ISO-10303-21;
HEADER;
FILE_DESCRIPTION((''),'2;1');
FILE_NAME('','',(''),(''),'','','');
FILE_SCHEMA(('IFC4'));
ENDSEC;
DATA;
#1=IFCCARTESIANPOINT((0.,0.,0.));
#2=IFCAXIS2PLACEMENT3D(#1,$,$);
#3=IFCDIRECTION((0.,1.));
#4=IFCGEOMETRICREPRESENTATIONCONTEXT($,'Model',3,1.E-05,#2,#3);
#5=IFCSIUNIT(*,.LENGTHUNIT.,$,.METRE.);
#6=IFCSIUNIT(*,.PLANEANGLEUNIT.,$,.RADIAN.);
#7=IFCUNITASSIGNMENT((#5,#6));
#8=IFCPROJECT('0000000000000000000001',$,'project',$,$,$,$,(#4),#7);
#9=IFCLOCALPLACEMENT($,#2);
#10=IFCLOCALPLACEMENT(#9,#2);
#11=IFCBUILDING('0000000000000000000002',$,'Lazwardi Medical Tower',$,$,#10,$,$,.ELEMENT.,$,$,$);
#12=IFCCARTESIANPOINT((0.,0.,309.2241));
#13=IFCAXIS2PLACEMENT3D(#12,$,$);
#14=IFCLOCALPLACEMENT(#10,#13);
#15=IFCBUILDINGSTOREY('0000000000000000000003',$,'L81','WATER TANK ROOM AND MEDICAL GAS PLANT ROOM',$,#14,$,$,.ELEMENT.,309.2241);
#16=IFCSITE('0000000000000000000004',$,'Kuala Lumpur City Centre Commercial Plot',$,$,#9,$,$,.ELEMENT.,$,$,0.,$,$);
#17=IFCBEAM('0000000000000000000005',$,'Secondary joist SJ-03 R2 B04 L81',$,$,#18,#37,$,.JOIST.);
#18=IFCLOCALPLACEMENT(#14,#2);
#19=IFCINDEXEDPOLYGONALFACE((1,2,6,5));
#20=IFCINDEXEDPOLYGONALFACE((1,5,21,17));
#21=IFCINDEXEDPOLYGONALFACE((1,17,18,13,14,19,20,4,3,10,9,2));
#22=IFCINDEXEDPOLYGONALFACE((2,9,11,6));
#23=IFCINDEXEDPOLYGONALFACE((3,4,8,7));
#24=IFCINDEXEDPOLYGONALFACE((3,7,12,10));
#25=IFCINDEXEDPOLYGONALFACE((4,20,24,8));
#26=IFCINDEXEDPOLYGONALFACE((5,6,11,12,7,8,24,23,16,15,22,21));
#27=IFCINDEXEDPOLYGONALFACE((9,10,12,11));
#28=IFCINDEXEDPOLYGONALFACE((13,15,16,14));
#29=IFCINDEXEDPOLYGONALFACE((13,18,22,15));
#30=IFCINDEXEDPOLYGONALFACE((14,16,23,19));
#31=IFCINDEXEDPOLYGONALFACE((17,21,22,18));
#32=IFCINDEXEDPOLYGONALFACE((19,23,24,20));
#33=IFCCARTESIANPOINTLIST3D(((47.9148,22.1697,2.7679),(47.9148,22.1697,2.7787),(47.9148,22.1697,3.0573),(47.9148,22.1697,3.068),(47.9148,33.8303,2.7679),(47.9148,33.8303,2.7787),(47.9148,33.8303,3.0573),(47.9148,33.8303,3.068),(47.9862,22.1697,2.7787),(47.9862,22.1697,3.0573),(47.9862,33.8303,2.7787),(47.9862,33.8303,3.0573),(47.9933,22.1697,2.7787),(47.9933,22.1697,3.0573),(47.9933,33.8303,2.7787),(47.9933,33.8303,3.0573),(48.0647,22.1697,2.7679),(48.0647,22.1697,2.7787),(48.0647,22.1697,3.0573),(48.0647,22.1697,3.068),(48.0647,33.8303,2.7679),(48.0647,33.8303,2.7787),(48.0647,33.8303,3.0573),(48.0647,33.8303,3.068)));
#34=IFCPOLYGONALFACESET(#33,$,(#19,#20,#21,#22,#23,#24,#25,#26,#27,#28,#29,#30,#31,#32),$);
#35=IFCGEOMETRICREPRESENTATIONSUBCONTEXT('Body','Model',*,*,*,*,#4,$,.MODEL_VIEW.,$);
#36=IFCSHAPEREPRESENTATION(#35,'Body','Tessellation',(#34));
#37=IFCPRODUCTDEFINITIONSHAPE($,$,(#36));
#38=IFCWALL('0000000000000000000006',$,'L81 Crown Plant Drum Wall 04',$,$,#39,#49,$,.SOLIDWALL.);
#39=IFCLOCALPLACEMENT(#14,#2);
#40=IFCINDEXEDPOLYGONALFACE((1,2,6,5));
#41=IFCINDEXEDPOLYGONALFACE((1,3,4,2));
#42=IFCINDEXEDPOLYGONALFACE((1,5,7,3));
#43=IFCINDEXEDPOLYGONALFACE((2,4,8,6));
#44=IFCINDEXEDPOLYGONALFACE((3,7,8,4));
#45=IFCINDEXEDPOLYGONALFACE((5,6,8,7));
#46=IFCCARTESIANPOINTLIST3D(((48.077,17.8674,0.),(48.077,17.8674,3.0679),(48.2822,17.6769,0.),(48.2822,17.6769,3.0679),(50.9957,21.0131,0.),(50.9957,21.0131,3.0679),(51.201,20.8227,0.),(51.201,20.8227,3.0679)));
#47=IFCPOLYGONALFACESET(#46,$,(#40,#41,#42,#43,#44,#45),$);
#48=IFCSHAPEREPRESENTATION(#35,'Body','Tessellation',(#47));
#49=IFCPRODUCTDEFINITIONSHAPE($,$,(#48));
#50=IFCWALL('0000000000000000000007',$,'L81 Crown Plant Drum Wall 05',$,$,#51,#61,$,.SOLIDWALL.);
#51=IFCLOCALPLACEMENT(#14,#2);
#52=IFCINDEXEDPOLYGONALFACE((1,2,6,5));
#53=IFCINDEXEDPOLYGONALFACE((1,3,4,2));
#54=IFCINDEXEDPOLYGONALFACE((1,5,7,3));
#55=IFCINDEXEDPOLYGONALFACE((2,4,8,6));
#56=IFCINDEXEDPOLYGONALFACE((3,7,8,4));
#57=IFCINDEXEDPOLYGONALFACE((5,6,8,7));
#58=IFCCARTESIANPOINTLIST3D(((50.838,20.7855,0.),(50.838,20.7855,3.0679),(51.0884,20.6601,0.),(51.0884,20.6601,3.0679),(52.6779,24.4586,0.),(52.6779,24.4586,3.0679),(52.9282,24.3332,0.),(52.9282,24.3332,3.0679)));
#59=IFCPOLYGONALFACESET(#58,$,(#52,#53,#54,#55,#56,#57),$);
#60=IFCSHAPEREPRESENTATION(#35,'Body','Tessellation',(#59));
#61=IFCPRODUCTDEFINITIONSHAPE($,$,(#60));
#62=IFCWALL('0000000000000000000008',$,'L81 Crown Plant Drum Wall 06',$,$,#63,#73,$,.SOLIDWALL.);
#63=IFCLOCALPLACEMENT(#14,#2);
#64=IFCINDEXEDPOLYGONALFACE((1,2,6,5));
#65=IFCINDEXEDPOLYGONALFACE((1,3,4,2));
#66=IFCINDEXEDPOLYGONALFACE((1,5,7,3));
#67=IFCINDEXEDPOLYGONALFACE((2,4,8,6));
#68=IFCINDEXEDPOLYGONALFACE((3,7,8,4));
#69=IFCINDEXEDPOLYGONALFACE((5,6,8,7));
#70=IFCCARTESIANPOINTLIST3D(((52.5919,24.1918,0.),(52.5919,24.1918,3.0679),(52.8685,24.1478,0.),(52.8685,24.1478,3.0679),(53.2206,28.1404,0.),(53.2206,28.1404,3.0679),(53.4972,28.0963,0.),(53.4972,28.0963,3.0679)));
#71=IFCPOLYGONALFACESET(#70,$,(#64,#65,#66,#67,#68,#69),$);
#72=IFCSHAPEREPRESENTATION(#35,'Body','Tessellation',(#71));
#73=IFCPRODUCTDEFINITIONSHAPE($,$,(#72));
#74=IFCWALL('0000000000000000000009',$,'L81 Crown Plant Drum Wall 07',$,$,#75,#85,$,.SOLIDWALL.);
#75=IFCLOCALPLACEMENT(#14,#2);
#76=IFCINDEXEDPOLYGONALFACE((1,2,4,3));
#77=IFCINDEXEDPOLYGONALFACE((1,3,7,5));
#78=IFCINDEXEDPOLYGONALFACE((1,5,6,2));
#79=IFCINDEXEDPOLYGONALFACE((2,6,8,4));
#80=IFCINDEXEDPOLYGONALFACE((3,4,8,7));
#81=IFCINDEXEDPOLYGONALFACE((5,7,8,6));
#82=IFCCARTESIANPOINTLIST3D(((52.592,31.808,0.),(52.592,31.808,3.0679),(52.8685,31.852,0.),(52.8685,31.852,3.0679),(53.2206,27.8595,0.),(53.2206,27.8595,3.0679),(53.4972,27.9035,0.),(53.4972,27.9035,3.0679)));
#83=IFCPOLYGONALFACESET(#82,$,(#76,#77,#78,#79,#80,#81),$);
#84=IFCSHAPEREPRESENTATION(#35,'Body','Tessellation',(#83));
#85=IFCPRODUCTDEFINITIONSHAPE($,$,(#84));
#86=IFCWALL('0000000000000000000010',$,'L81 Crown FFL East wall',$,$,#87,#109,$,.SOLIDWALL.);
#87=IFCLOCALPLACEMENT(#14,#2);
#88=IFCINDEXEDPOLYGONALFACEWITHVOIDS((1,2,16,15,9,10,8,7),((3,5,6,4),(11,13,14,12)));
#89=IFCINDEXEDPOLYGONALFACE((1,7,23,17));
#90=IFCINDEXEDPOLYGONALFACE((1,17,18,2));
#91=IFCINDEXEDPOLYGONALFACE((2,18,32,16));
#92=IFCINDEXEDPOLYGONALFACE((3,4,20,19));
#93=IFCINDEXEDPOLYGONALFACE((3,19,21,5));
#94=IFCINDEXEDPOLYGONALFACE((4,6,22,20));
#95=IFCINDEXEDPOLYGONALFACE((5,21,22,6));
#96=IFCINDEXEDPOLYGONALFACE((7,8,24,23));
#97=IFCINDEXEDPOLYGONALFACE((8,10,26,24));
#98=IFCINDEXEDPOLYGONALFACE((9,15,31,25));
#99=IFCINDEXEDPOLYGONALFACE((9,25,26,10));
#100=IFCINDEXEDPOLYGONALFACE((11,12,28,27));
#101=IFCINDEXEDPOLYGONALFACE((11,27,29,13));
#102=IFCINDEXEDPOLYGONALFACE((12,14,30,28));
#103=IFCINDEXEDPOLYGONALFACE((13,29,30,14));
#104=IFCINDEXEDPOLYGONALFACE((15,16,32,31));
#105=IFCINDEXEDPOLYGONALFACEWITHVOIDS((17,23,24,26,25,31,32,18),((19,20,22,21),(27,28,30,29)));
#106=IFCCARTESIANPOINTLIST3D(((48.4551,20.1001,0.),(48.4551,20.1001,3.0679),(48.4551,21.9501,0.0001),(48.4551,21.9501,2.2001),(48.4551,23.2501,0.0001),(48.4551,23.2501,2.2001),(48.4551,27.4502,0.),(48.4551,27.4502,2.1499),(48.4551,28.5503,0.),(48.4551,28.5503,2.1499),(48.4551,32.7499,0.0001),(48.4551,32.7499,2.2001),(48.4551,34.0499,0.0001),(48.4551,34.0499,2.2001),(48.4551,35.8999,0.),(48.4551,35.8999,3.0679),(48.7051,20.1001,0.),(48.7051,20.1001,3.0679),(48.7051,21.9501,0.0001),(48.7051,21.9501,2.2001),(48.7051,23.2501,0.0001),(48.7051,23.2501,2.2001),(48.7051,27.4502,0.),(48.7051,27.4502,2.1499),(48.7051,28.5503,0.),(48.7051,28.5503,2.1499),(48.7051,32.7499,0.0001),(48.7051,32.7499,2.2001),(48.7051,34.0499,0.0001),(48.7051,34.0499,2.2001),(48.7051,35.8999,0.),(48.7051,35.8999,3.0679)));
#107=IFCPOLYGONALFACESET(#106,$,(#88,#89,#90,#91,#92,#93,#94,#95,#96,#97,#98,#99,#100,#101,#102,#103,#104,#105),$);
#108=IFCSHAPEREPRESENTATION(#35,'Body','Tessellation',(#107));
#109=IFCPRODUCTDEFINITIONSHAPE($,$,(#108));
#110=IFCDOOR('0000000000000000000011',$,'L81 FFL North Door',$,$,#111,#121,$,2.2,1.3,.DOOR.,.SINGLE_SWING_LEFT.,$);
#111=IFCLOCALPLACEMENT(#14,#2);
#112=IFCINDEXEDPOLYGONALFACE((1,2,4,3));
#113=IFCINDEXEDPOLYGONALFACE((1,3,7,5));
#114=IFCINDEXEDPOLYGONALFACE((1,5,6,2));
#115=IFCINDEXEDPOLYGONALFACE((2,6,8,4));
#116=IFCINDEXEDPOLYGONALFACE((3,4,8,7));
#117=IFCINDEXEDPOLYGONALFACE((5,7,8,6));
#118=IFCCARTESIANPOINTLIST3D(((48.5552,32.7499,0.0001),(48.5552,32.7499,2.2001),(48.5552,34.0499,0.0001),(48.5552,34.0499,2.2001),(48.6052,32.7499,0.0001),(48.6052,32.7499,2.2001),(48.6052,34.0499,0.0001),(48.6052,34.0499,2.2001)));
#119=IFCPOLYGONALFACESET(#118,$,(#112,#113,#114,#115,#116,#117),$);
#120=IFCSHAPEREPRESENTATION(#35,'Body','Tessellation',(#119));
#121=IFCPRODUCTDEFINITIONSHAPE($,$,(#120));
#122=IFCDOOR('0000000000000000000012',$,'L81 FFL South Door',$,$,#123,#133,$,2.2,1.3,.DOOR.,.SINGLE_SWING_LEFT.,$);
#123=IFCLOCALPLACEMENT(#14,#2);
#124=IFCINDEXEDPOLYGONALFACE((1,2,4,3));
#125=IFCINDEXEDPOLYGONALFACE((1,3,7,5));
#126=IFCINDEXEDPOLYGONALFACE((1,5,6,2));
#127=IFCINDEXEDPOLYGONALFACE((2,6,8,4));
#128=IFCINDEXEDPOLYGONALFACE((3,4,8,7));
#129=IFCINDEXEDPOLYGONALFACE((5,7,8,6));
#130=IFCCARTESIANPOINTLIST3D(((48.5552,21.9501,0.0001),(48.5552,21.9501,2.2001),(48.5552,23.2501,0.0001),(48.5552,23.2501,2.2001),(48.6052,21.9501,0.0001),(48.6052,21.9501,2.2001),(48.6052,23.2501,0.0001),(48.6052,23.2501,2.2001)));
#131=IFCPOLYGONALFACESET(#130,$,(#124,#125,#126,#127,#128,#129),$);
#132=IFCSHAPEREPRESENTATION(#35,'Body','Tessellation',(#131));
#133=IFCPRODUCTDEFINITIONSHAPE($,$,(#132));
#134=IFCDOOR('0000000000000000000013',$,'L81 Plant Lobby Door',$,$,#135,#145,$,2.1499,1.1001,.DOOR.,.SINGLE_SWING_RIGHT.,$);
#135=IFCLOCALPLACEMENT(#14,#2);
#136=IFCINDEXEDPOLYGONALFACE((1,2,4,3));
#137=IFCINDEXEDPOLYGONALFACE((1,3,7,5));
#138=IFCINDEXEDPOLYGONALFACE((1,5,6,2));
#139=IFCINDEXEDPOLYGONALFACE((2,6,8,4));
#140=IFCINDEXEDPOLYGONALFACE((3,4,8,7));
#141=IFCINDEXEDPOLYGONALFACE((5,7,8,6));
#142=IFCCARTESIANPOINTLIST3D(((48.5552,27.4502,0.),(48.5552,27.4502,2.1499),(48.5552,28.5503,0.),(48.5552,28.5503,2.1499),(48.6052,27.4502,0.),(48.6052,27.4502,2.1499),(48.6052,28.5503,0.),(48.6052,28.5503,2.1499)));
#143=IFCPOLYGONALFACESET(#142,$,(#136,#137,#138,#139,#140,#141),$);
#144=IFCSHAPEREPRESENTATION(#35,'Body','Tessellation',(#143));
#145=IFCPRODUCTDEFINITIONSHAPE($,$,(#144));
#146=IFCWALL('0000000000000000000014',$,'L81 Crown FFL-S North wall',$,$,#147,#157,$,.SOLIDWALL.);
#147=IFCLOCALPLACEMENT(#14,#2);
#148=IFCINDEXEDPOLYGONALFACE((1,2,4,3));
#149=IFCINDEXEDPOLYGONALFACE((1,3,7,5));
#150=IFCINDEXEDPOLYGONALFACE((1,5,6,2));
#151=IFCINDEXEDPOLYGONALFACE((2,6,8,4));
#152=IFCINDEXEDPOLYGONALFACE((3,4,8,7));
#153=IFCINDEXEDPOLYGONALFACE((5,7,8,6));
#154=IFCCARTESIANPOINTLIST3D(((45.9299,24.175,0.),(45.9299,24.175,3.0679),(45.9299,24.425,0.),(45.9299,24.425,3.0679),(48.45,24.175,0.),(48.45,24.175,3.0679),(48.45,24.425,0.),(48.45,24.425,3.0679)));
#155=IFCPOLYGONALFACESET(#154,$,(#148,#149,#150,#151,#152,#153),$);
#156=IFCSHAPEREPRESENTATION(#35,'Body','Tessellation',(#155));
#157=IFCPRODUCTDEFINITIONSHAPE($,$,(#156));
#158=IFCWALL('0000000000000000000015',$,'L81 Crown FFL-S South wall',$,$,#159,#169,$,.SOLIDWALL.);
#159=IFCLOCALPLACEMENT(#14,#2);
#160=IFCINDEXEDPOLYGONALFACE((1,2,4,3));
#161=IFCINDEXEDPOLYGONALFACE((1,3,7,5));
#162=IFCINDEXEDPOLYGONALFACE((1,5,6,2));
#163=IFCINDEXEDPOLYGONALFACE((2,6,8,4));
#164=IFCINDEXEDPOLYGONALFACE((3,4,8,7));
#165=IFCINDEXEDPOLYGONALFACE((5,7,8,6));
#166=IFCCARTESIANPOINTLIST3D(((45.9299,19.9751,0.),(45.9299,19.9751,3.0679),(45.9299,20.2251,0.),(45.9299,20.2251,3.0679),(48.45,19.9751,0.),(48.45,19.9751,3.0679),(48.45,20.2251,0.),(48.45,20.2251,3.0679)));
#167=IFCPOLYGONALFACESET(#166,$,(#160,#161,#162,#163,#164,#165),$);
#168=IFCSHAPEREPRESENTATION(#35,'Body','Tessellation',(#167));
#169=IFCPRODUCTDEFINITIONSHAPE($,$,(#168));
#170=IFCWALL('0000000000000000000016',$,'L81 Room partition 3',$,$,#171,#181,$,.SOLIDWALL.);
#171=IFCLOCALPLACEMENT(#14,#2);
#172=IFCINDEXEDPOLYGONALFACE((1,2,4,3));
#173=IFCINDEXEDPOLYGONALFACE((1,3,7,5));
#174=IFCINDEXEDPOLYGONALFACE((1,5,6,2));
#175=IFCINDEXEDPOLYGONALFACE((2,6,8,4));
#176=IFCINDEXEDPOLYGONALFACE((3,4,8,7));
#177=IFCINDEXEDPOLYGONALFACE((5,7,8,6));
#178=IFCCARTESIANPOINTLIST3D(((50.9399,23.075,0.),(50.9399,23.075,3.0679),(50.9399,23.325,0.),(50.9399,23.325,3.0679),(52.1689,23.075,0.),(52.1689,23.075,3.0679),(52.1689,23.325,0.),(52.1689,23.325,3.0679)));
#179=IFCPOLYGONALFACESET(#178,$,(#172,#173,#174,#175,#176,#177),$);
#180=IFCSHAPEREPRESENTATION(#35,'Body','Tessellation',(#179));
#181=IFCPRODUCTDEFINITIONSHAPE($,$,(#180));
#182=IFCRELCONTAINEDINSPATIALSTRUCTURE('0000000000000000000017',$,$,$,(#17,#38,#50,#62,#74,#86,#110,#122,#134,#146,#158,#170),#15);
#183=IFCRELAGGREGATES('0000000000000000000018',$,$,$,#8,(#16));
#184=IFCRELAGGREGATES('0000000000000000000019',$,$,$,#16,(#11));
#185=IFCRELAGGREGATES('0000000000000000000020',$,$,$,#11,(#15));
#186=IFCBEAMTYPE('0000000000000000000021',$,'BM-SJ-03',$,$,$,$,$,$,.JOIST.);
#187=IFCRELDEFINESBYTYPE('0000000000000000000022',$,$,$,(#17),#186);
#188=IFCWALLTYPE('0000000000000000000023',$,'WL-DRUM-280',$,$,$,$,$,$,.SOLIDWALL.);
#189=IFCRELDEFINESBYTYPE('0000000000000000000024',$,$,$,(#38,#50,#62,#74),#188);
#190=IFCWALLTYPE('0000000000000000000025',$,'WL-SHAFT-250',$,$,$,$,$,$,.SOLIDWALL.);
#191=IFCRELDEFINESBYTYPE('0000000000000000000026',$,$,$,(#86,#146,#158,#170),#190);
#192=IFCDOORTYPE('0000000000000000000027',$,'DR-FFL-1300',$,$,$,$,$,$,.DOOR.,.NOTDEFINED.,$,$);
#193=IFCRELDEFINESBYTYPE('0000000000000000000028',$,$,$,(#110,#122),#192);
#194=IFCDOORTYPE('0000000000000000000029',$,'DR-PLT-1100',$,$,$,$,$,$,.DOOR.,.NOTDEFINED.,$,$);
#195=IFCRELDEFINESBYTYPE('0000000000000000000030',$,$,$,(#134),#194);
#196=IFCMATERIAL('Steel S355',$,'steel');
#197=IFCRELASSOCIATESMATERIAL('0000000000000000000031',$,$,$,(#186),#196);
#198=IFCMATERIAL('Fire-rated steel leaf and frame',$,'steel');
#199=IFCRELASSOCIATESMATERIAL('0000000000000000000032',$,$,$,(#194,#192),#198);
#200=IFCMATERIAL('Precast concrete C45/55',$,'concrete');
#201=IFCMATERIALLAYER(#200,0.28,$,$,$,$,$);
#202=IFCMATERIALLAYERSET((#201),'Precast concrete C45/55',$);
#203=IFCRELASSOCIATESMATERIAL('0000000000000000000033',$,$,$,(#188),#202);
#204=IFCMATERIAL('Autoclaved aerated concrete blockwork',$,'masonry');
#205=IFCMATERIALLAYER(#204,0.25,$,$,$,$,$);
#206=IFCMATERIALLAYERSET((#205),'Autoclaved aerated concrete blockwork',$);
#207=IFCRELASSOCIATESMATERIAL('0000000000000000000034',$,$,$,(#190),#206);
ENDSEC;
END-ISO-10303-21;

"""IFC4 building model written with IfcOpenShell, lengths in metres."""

from ifc_helpers import new_model, si_unit, direction, frame, frame_2d, origin, origin_2d, place, context, subcontext, project, spatial, rectangle, i_section, extrude, material, layer, layer_set, material_profile, profile_set, type_object, element, fill, save


model = new_model("IFC4")

# Units and contexts
model_context = context("Model", 3, precision=1e-05, world=origin(), true_north=direction((0.0, 1.0)))
body_context = subcontext(model_context, "Body", "Model", "MODEL_VIEW")
ifc_project = project(units=[si_unit("LENGTHUNIT", "METRE"), si_unit("PLANEANGLEUNIT", "RADIAN")], contexts=[model_context])

# Site, building, storey
site_placement = place(None, origin())
site = spatial("IfcSite", under=ifc_project, at=site_placement, Name="Kuala Lumpur City Centre Commercial Plot", CompositionType="ELEMENT", RefElevation=0.0)
building_placement = place(site_placement, origin())
building = spatial("IfcBuilding", under=site, at=building_placement, Name="Lazwardi Medical Tower", CompositionType="ELEMENT")
storey_placement = place(building_placement, frame((0.0, 0.0, 309.2241)))
storey = spatial("IfcBuildingStorey", under=building, at=storey_placement, Name="L81", Description="WATER TANK ROOM AND MEDICAL GAS PLANT ROOM", CompositionType="ELEMENT", Elevation=309.2241)

# Beam
ifc_material_1 = material(Name="Steel S355", Category="steel")
ifc_material_profile_1 = material_profile(ifc_material_1, i_section(OverallWidth=0.1499, OverallDepth=0.3, WebThickness=0.0071, FlangeThickness=0.0107, at=origin_2d()), Name="IPE 300")
ifc_profile_set_1 = profile_set([ifc_material_profile_1], Name="Steel S355")
beam_type_1 = type_object("IfcBeamType", Name="BM-SJ-03", PredefinedType="JOIST", material=ifc_profile_set_1)
beam_1_placement = place(storey_placement, frame((47.9897, 22.1697, 2.918), z_axis=(0.0, 1.0, 0.0), x_axis=(-1.0, 0.0, 0.0)))
element("IfcBeam", 1, at=beam_1_placement, inside=storey, type_object=beam_type_1, Name="Secondary joist SJ-03 R2 B04 L81", PredefinedType="JOIST", context=body_context, shape_type="SweptSolid", body=[
    extrude(i_section(OverallWidth=0.1499, OverallDepth=0.3, WebThickness=0.0071, FlangeThickness=0.0107, at=origin_2d()), origin(), (0.0, 0.0, 1.0), 11.6606),
])

# Shared definitions
ifc_material_2 = material(Name="Fire-rated steel leaf and frame", Category="steel")
door_type_1 = type_object("IfcDoorType", Name="DR-PLT-1100", OperationType="NOTDEFINED", PredefinedType="DOOR", material=ifc_material_2)

# Walls
ifc_material_3 = material(Name="Precast concrete C45/55", Category="concrete")
ifc_layer_1 = layer(ifc_material_3, 0.28)
ifc_layer_set_1 = layer_set([ifc_layer_1], Name="Precast concrete C45/55")
wall_type_1 = type_object("IfcWallType", Name="WL-DRUM-280", PredefinedType="SOLIDWALL", material=ifc_layer_set_1)
wall_1_placement = place(storey_placement, frame((48.1797, 17.7722, 0.0), z_axis=(0.0, 0.0, 1.0), x_axis=(0.680156, 0.733067, 0.0)))
element("IfcWall", 2, at=wall_1_placement, inside=storey, type_object=wall_type_1, Name="L81 Crown Plant Drum Wall 04", PredefinedType="SOLIDWALL", context=body_context, shape_type="SweptSolid", body=[
    extrude(rectangle(XDim=4.2913, YDim=0.28, at=frame_2d((2.1455, 0.0))), origin(), (0.0, 0.0, 1.0), 3.0679),
])
wall_2_placement = place(storey_placement, frame((50.9631, 20.7227, 0.0), z_axis=(0.0, 0.0, 1.0), x_axis=(0.447855, 0.894106, 0.0)))
element("IfcWall", 3, at=wall_2_placement, inside=storey, type_object=wall_type_1, Name="L81 Crown Plant Drum Wall 05", PredefinedType="SOLIDWALL", context=body_context, shape_type="SweptSolid", body=[
    extrude(rectangle(XDim=4.1082, YDim=0.28, at=frame_2d((2.0542, 0.0))), origin(), (0.0, 0.0, 1.0), 3.0679),
])
for number, where, z_axis, x_axis, name in (
    (4, (52.7302, 24.1699, 0.0), (0.0, 0.0, 1.0), (0.157236, 0.987561, 0.0), "L81 Crown Plant Drum Wall 06"),
    (5, (53.3589, 27.8816, 0.0), (0.0, 0.0, 1.0), (-0.157236, 0.987561, 0.0), "L81 Crown Plant Drum Wall 07"),
):
    element("IfcWall", number, at=place(storey_placement, frame(where, z_axis=z_axis, x_axis=x_axis)), inside=storey, type_object=wall_type_1, Name=name, PredefinedType="SOLIDWALL", context=body_context, shape_type="SweptSolid", body=[
        extrude(rectangle(XDim=3.9983, YDim=0.28, at=frame_2d((1.999, 0.0))), origin(), (0.0, 0.0, 1.0), 3.0679),
    ])

# Wall, openings, doors
ifc_material_4 = material(Name="Autoclaved aerated concrete blockwork", Category="masonry")
ifc_layer_2 = layer(ifc_material_4, 0.25)
ifc_layer_set_2 = layer_set([ifc_layer_2], Name="Autoclaved aerated concrete blockwork")
wall_type_2 = type_object("IfcWallType", Name="WL-SHAFT-250", PredefinedType="SOLIDWALL", material=ifc_layer_set_2)
wall_3_placement = place(storey_placement, frame((48.5801, 20.1001, 0.0), z_axis=(0.0, 0.0, 1.0), x_axis=(0.0, 1.0, 0.0)))
wall_3 = element("IfcWall", 6, at=wall_3_placement, inside=storey, type_object=wall_type_2, Name="L81 Crown FFL East wall", PredefinedType="SOLIDWALL", context=body_context, shape_type="SweptSolid", body=[
    extrude(rectangle(XDim=15.7998, YDim=0.25, at=frame_2d((7.8999, 0.0))), origin(), (0.0, 0.0, 1.0), 3.0679),
])
opening_1_placement = place(wall_3_placement, frame((12.6499, 0.0, 0.0)))
opening_1 = element("IfcOpeningElement", 7, at=opening_1_placement, cuts=wall_3, PredefinedType="OPENING", context=body_context, shape_type="SweptSolid", body=[
    extrude(rectangle(XDim=1.3, YDim=2.2, at=frame_2d((0.6499, 1.1001))), frame((0.0, 0.135, 0.0), z_axis=(0.0, -1.0, 0.0), x_axis=(1.0, 0.0, 0.0)), (0.0, 0.0, 1.0), 0.27),
])
opening_2_placement = place(wall_3_placement, frame((7.3501, 0.0, 0.0)))
opening_2 = element("IfcOpeningElement", 8, at=opening_2_placement, cuts=wall_3, PredefinedType="OPENING", context=body_context, shape_type="SweptSolid", body=[
    extrude(rectangle(XDim=1.1001, YDim=2.1499, at=frame_2d((0.55, 1.075))), frame((0.0, 0.135, 0.0), z_axis=(0.0, -1.0, 0.0), x_axis=(1.0, 0.0, 0.0)), (0.0, 0.0, 1.0), 0.27),
])
opening_3_placement = place(wall_3_placement, frame((1.8501, 0.0, 0.0)))
opening_3 = element("IfcOpeningElement", 9, at=opening_3_placement, cuts=wall_3, PredefinedType="OPENING", context=body_context, shape_type="SweptSolid", body=[
    extrude(rectangle(XDim=1.3, YDim=2.2, at=frame_2d((0.6499, 1.1001))), frame((0.0, 0.135, 0.0), z_axis=(0.0, -1.0, 0.0), x_axis=(1.0, 0.0, 0.0)), (0.0, 0.0, 1.0), 0.27),
])
door_type_2 = type_object("IfcDoorType", Name="DR-FFL-1300", OperationType="NOTDEFINED", PredefinedType="DOOR", material=ifc_material_2)
door_1_placement = place(opening_1_placement, origin())
door_1 = element("IfcDoor", 10, at=door_1_placement, inside=storey, type_object=door_type_2, Name="L81 FFL North Door", OperationType="SINGLE_SWING_LEFT", OverallHeight=2.2, OverallWidth=1.3, PredefinedType="DOOR", context=body_context, shape_type="SweptSolid", body=[
    extrude(rectangle(XDim=1.3, YDim=2.2, at=frame_2d((0.6499, 1.1001))), frame((0.0, 0.0249, 0.0), z_axis=(0.0, -1.0, 0.0), x_axis=(1.0, 0.0, 0.0)), (0.0, 0.0, 1.0), 0.05),
])
fill(opening_1, door_1)
door_2_placement = place(opening_3_placement, origin())
door_2 = element("IfcDoor", 11, at=door_2_placement, inside=storey, type_object=door_type_2, Name="L81 FFL South Door", OperationType="SINGLE_SWING_LEFT", OverallHeight=2.2, OverallWidth=1.3, PredefinedType="DOOR", context=body_context, shape_type="SweptSolid", body=[
    extrude(rectangle(XDim=1.3, YDim=2.2, at=frame_2d((0.6499, 1.1001))), frame((0.0, 0.0249, 0.0), z_axis=(0.0, -1.0, 0.0), x_axis=(1.0, 0.0, 0.0)), (0.0, 0.0, 1.0), 0.05),
])
fill(opening_3, door_2)
door_3_placement = place(opening_2_placement, origin())
door_3 = element("IfcDoor", 12, at=door_3_placement, inside=storey, type_object=door_type_1, Name="L81 Plant Lobby Door", OperationType="SINGLE_SWING_RIGHT", OverallHeight=2.1499, OverallWidth=1.1001, PredefinedType="DOOR", context=body_context, shape_type="SweptSolid", body=[
    extrude(rectangle(XDim=1.1001, YDim=2.1499, at=frame_2d((0.55, 1.075))), frame((0.0, 0.0249, 0.0), z_axis=(0.0, -1.0, 0.0), x_axis=(1.0, 0.0, 0.0)), (0.0, 0.0, 1.0), 0.05),
])
fill(opening_2, door_3)

# Walls
for number, where, z_axis, x_axis, name in (
    (13, (45.9299, 24.3, 0.0), (0.0, 0.0, 1.0), (1.0, 0.0, 0.0), "L81 Crown FFL-S North wall"),
    (14, (45.9299, 20.1001, 0.0), (0.0, 0.0, 1.0), (1.0, 0.0, 0.0), "L81 Crown FFL-S South wall"),
):
    element("IfcWall", number, at=place(storey_placement, frame(where, z_axis=z_axis, x_axis=x_axis)), inside=storey, type_object=wall_type_2, Name=name, PredefinedType="SOLIDWALL", context=body_context, shape_type="SweptSolid", body=[
        extrude(rectangle(XDim=2.52, YDim=0.25, at=frame_2d((1.26, 0.0))), origin(), (0.0, 0.0, 1.0), 3.0679),
    ])
wall_4_placement = place(storey_placement, frame((50.9399, 23.2, 0.0), z_axis=(0.0, 0.0, 1.0), x_axis=(1.0, 0.0, 0.0)))
element("IfcWall", 15, at=wall_4_placement, inside=storey, type_object=wall_type_2, Name="L81 Room partition 3", PredefinedType="SOLIDWALL", context=body_context, shape_type="SweptSolid", body=[
    extrude(rectangle(XDim=1.229, YDim=0.25, at=frame_2d((0.6145, 0.0))), origin(), (0.0, 0.0, 1.0), 3.0679),
])

save(model, "model.ifc")
